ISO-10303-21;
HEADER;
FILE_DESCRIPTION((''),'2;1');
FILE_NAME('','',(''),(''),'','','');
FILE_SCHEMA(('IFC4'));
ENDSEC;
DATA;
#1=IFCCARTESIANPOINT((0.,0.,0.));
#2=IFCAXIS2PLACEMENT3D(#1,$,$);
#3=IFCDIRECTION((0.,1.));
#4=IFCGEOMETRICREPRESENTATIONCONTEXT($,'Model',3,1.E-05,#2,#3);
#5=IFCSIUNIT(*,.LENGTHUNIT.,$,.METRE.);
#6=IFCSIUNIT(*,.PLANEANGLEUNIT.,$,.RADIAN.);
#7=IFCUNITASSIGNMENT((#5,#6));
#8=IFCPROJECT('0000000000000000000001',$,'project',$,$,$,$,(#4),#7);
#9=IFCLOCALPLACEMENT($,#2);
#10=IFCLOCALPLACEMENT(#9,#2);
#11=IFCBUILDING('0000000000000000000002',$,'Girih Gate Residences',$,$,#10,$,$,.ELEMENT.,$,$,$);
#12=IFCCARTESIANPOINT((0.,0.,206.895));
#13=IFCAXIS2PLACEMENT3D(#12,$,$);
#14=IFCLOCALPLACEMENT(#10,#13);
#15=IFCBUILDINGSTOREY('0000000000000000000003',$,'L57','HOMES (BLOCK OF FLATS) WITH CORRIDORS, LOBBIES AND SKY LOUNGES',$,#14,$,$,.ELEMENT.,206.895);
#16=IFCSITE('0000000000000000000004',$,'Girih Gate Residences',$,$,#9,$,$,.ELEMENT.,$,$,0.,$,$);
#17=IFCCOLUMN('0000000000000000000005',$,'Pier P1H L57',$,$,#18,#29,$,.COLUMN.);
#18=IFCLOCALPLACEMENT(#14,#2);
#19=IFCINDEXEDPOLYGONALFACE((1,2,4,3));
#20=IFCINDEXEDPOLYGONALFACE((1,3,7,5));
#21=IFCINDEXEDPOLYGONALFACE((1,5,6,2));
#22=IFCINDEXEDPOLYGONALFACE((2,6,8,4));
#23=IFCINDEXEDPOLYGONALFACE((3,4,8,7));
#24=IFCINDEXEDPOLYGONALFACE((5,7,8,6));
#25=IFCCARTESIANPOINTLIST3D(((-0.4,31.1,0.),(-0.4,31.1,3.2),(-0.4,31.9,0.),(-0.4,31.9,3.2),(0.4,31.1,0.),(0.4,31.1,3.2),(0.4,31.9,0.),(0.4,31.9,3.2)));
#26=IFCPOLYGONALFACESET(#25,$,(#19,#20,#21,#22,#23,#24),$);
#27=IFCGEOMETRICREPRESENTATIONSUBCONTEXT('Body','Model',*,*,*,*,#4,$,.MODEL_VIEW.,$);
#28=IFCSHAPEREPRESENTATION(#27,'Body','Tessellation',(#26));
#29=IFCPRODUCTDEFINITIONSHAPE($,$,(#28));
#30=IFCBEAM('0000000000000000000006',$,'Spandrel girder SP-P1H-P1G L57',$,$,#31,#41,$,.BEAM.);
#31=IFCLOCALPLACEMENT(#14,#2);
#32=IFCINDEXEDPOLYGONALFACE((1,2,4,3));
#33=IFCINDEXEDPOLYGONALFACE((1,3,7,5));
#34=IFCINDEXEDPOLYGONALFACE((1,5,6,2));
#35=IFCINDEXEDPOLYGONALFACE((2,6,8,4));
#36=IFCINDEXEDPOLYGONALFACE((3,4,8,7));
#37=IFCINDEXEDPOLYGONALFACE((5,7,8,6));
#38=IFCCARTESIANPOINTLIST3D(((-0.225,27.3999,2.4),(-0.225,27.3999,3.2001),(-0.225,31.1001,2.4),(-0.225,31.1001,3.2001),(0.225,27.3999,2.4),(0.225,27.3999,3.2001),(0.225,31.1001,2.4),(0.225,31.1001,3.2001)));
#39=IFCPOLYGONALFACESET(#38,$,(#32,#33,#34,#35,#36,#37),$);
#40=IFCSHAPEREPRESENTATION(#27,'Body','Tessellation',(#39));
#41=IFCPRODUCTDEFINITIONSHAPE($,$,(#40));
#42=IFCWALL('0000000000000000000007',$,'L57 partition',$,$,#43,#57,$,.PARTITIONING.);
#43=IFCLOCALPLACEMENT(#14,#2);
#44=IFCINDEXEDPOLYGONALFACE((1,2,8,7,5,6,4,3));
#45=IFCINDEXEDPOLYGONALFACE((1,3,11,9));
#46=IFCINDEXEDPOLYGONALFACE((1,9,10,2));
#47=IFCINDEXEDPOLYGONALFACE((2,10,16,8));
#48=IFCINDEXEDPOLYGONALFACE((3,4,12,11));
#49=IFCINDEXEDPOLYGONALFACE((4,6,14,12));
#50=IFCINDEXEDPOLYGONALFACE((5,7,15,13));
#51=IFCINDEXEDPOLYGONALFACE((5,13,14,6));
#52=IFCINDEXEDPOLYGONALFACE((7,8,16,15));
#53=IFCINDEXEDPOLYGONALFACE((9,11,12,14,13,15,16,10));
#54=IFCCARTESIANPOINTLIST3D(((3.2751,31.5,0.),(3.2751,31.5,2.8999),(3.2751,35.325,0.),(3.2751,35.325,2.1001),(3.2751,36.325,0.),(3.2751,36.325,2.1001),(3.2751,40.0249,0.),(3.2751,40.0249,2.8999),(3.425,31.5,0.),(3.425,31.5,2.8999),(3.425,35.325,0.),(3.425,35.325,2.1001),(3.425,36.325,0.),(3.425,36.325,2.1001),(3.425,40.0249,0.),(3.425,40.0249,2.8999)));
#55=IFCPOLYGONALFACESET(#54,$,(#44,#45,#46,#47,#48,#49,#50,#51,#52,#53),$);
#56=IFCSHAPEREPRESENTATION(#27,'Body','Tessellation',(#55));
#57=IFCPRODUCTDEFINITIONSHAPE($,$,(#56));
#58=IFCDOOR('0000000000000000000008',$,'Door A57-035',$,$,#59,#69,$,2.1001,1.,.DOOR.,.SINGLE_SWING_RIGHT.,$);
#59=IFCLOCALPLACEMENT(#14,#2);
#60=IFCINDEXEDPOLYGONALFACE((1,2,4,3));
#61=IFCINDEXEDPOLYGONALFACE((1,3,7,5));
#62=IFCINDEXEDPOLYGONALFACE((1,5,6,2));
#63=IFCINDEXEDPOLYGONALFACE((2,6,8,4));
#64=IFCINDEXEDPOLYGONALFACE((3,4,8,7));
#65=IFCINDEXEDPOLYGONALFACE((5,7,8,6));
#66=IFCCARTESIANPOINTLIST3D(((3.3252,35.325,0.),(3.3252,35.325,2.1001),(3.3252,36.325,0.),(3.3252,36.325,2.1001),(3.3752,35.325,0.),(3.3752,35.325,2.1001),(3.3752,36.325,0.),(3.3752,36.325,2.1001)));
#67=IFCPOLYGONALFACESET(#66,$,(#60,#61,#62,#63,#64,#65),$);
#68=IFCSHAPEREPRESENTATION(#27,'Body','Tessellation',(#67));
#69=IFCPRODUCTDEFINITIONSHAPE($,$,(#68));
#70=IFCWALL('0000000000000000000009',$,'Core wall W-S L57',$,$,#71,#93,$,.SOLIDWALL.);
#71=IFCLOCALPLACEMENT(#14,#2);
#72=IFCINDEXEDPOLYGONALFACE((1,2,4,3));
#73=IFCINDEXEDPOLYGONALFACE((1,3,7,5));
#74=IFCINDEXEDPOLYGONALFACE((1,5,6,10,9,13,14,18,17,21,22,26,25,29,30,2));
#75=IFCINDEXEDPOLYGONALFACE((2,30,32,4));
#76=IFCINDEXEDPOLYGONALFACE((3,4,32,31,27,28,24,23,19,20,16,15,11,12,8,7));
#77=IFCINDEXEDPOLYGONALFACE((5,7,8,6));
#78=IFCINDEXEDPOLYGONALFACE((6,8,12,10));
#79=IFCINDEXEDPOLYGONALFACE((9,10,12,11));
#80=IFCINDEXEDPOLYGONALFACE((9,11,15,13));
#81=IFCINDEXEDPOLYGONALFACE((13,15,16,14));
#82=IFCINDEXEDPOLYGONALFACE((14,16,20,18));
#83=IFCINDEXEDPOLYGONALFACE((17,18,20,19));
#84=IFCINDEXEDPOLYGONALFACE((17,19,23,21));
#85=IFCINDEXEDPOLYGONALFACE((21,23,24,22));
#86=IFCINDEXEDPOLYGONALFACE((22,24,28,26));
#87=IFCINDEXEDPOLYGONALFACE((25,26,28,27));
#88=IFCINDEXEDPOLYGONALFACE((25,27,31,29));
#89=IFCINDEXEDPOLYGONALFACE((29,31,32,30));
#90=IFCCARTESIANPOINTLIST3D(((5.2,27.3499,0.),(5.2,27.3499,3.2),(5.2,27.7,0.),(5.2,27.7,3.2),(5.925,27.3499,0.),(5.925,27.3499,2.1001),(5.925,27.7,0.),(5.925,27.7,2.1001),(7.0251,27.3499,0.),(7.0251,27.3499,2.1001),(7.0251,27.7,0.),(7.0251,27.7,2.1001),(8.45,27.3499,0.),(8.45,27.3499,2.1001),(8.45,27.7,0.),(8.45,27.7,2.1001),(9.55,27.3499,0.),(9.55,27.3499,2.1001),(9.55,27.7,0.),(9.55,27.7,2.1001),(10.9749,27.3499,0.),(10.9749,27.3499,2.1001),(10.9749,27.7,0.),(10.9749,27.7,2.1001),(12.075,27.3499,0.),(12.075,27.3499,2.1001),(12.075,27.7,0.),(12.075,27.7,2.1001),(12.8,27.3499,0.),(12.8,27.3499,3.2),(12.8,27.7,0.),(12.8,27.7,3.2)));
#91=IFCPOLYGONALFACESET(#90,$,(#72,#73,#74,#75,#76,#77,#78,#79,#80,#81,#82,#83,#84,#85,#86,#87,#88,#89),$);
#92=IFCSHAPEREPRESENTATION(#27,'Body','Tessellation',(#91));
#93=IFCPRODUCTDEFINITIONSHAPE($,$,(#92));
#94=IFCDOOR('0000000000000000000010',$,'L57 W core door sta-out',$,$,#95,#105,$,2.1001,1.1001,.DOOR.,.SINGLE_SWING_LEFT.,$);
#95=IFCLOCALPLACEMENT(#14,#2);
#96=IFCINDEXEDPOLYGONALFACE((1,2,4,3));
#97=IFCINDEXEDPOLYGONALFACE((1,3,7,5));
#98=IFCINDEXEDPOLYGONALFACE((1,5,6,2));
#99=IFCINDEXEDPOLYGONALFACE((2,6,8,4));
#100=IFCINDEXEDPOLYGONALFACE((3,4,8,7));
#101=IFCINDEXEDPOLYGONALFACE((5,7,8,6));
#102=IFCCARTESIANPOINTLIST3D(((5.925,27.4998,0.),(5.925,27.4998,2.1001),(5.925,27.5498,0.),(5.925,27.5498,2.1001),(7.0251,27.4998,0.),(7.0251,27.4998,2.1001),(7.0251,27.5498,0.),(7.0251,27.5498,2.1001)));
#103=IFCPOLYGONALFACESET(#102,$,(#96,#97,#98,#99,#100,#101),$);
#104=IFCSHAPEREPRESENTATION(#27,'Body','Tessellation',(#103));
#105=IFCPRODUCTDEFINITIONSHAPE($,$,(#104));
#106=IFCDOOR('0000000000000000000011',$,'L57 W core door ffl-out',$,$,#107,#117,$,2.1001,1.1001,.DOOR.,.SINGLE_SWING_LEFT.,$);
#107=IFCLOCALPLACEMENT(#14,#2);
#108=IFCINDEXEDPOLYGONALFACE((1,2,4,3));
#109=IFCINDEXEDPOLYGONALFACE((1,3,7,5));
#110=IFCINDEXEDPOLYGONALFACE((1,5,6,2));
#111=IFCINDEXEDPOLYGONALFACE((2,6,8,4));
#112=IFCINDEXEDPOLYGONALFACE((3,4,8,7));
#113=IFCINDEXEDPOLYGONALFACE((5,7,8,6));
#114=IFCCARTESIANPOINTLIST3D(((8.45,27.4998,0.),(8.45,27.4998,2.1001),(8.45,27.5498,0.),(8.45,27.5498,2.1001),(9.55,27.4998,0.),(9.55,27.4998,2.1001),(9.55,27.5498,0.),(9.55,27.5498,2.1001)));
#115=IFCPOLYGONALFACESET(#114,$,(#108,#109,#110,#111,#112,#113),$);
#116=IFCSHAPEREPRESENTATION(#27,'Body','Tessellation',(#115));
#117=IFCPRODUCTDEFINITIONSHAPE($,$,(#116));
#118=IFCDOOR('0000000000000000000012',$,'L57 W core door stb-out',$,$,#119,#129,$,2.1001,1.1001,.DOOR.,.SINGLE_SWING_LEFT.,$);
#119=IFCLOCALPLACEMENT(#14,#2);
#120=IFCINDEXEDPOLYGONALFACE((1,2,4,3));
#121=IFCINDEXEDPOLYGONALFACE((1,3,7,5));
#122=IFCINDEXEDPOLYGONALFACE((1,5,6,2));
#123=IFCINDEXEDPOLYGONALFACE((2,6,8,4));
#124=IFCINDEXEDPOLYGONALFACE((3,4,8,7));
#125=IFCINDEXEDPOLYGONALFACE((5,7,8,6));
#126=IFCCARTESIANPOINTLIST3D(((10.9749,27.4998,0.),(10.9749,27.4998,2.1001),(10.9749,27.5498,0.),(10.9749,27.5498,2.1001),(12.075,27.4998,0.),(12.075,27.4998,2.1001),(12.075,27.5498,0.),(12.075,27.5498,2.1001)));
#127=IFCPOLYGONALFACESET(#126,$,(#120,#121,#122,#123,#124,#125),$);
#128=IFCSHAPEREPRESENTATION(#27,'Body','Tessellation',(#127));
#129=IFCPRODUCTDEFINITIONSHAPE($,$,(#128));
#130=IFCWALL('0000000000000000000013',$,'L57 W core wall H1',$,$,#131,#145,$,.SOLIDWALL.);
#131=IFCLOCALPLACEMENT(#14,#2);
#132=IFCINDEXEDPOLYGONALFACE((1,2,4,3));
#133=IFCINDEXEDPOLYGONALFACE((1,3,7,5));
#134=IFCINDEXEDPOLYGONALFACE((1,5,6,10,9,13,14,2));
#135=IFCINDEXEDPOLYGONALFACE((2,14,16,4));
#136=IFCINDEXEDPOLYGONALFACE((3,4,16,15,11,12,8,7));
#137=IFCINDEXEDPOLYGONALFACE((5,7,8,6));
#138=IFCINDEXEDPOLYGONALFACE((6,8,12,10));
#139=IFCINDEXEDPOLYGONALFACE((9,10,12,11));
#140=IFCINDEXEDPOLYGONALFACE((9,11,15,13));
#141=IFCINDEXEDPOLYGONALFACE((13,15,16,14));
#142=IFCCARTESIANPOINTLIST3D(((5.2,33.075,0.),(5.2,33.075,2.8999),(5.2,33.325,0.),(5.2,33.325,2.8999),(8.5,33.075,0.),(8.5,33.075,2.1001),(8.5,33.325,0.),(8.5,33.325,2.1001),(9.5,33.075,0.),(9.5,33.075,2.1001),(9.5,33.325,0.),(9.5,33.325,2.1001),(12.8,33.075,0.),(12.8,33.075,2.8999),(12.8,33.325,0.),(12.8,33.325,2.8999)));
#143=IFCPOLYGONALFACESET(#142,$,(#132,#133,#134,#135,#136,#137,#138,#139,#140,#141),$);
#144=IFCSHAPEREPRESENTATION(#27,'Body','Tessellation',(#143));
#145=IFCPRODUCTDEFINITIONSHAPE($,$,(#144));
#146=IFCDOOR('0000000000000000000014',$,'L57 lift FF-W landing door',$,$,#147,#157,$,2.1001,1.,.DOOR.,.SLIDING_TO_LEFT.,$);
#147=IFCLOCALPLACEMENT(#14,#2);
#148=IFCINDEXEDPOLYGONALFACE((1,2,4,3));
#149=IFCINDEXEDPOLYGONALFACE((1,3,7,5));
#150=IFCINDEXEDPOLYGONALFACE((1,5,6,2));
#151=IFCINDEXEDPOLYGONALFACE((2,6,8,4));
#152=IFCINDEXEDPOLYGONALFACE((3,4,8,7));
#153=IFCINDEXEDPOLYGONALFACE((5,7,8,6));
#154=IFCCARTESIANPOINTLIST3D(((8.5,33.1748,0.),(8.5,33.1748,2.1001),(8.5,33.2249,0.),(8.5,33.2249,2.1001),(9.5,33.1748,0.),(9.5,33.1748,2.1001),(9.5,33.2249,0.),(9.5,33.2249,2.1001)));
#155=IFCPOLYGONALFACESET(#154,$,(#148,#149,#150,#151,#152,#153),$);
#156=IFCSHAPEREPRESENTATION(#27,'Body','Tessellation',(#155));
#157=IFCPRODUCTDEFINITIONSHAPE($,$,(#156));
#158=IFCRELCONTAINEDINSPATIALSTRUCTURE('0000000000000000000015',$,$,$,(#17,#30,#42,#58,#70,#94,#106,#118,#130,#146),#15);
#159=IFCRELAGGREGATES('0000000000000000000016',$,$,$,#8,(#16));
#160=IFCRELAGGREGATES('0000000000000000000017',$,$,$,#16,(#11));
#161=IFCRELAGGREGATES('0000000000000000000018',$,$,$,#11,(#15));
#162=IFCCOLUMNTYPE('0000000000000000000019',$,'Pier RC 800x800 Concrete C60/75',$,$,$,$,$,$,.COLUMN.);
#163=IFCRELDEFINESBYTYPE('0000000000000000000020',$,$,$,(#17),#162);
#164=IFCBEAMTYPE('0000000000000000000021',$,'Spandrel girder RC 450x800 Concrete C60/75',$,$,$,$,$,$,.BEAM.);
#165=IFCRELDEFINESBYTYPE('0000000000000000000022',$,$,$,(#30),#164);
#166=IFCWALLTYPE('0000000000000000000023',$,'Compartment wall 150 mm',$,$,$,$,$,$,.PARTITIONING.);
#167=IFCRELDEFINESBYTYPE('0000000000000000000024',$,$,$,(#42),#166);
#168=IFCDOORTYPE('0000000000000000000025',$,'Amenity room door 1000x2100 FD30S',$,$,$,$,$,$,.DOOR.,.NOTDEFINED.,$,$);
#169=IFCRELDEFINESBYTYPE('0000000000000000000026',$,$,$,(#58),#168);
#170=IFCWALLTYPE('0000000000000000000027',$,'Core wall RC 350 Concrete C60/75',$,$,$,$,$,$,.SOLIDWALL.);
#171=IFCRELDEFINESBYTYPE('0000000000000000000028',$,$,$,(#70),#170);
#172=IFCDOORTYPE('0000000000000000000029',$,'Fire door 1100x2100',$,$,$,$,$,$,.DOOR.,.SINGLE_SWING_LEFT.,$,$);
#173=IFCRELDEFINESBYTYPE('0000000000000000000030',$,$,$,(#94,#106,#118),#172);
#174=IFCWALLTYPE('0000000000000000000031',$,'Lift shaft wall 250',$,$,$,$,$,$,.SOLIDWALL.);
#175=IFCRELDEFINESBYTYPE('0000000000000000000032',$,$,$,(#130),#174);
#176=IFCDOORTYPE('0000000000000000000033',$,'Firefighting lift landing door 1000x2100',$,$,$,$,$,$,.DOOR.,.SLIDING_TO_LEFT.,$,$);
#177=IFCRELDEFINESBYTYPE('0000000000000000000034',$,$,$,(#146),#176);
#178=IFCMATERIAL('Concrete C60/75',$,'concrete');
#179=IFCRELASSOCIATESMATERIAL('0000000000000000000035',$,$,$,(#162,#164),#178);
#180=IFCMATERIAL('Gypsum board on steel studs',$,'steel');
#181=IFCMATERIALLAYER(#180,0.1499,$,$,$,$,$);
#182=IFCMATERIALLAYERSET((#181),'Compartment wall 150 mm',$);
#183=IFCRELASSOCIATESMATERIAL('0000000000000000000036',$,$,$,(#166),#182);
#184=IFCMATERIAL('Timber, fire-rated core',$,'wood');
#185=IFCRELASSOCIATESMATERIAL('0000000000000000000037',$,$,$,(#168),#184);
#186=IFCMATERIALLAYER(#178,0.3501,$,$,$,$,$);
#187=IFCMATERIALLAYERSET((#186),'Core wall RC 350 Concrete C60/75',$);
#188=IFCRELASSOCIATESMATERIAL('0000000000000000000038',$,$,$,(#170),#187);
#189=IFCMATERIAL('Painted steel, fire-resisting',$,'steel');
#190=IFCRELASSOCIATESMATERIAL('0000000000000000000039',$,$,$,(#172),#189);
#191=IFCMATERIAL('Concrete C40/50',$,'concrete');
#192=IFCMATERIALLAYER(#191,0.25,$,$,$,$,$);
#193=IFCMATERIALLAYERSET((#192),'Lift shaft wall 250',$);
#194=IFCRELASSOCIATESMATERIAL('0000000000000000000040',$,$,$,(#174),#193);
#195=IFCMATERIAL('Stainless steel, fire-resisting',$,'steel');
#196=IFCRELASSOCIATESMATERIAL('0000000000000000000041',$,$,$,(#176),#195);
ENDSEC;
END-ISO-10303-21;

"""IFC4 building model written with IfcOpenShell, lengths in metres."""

from ifc_helpers import new_model, si_unit, direction, frame, frame_2d, origin, origin_2d, place, context, subcontext, project, spatial, rectangle, extrude, material, layer, layer_set, material_profile, profile_set, type_object, element, fill, save


model = new_model("IFC4")

# Units and contexts
model_context = context("Model", 3, precision=1e-05, world=origin(), true_north=direction((0.0, 1.0)))
body_context = subcontext(model_context, "Body", "Model", "MODEL_VIEW")
ifc_project = project(units=[si_unit("LENGTHUNIT", "METRE"), si_unit("PLANEANGLEUNIT", "RADIAN")], contexts=[model_context])

# Site, building, storey
site_placement = place(None, origin())
site = spatial("IfcSite", under=ifc_project, at=site_placement, Name="Girih Gate Residences", CompositionType="ELEMENT", RefElevation=0.0)
building_placement = place(site_placement, origin())
building = spatial("IfcBuilding", under=site, at=building_placement, Name="Girih Gate Residences", CompositionType="ELEMENT")
storey_placement = place(building_placement, frame((0.0, 0.0, 206.895)))
storey = spatial("IfcBuildingStorey", under=building, at=storey_placement, Name="L57", Description="HOMES (BLOCK OF FLATS) WITH CORRIDORS, LOBBIES AND SKY LOUNGES", CompositionType="ELEMENT", Elevation=206.895)

# Column
ifc_material_1 = material(Name="Concrete C60/75", Category="concrete")
ifc_material_profile_1 = material_profile(ifc_material_1, rectangle(XDim=0.8, YDim=0.8, at=origin_2d()))
ifc_profile_set_1 = profile_set([ifc_material_profile_1], Name="Concrete C60/75")
column_type = type_object("IfcColumnType", Name="Pier RC 800x800 Concrete C60/75", PredefinedType="COLUMN", material=ifc_profile_set_1)
column_placement = place(storey_placement, frame((0.0, 31.5, 0.0), z_axis=(0.0, 0.0, 1.0), x_axis=(1.0, 0.0, 0.0)))
element("IfcColumn", 1, at=column_placement, inside=storey, type_object=column_type, Name="Pier P1H L57", PredefinedType="COLUMN", context=body_context, shape_type="SweptSolid", body=[
    extrude(rectangle(XDim=0.8, YDim=0.8, at=origin_2d()), origin(), (0.0, 0.0, 1.0), 3.2),
])

# Beam
ifc_material_profile_2 = material_profile(ifc_material_1, rectangle(XDim=0.45, YDim=0.8, at=origin_2d()))
ifc_profile_set_2 = profile_set([ifc_material_profile_2], Name="Concrete C60/75")
beam_type = type_object("IfcBeamType", Name="Spandrel girder RC 450x800 Concrete C60/75", PredefinedType="BEAM", material=ifc_profile_set_2)
beam_placement = place(storey_placement, frame((0.0, 31.1001, 2.8), z_axis=(0.0, -1.0, 0.0), x_axis=(1.0, 0.0, 0.0)))
element("IfcBeam", 2, at=beam_placement, inside=storey, type_object=beam_type, Name="Spandrel girder SP-P1H-P1G L57", PredefinedType="BEAM", context=body_context, shape_type="SweptSolid", body=[
    extrude(rectangle(XDim=0.45, YDim=0.8, at=origin_2d()), origin(), (0.0, 0.0, 1.0), 3.7002),
])

# Wall, opening, door
ifc_material_2 = material(Name="Gypsum board on steel studs", Category="steel")
ifc_layer_1 = layer(ifc_material_2, 0.1499)
ifc_layer_set_1 = layer_set([ifc_layer_1], Name="Compartment wall 150 mm")
wall_type_1 = type_object("IfcWallType", Name="Compartment wall 150 mm", PredefinedType="PARTITIONING", material=ifc_layer_set_1)
wall_1_placement = place(storey_placement, frame((3.3501, 31.5, 0.0), z_axis=(0.0, 0.0, 1.0), x_axis=(0.0, 1.0, 0.0)))
wall_1 = element("IfcWall", 3, at=wall_1_placement, inside=storey, type_object=wall_type_1, Name="L57 partition", PredefinedType="PARTITIONING", context=body_context, shape_type="SweptSolid", body=[
    extrude(rectangle(XDim=8.5249, YDim=0.1499, at=frame_2d((4.2625, 0.0))), origin(), (0.0, 0.0, 1.0), 2.8999),
])
opening_1_placement = place(wall_1_placement, frame((3.825, 0.0, 0.0)))
opening_1 = element("IfcOpeningElement", 4, at=opening_1_placement, cuts=wall_1, PredefinedType="OPENING", context=body_context, shape_type="SweptSolid", body=[
    extrude(rectangle(XDim=1.0, YDim=2.1001, at=frame_2d((0.5, 1.05))), frame((0.0, 0.085, 0.0), z_axis=(0.0, -1.0, 0.0), x_axis=(1.0, 0.0, 0.0)), (0.0, 0.0, 1.0), 0.1699),
])
ifc_material_3 = material(Name="Timber, fire-rated core", Category="wood")
door_type_1 = type_object("IfcDoorType", Name="Amenity room door 1000x2100 FD30S", OperationType="NOTDEFINED", PredefinedType="DOOR", material=ifc_material_3)
door_1_placement = place(opening_1_placement, origin())
door_1 = element("IfcDoor", 5, at=door_1_placement, inside=storey, type_object=door_type_1, Name="Door A57-035", OperationType="SINGLE_SWING_RIGHT", OverallHeight=2.1001, OverallWidth=1.0, PredefinedType="DOOR", context=body_context, shape_type="SweptSolid", body=[
    extrude(rectangle(XDim=1.0, YDim=2.1001, at=frame_2d((0.5, 1.05))), frame((0.0, 0.0249, 0.0), z_axis=(0.0, -1.0, 0.0), x_axis=(1.0, 0.0, 0.0)), (0.0, 0.0, 1.0), 0.05),
])
fill(opening_1, door_1)

# Wall, openings, doors
ifc_layer_2 = layer(ifc_material_1, 0.3501)
ifc_layer_set_2 = layer_set([ifc_layer_2], Name="Core wall RC 350 Concrete C60/75")
wall_type_2 = type_object("IfcWallType", Name="Core wall RC 350 Concrete C60/75", PredefinedType="SOLIDWALL", material=ifc_layer_set_2)
wall_2_placement = place(storey_placement, frame((5.2, 27.5249, 0.0), z_axis=(0.0, 0.0, 1.0), x_axis=(1.0, 0.0, 0.0)))
wall_2 = element("IfcWall", 6, at=wall_2_placement, inside=storey, type_object=wall_type_2, Name="Core wall W-S L57", PredefinedType="SOLIDWALL", context=body_context, shape_type="SweptSolid", body=[
    extrude(rectangle(XDim=7.6001, YDim=0.3501, at=frame_2d((3.8, 0.0))), origin(), (0.0, 0.0, 1.0), 3.2),
])
opening_2_placement = place(wall_2_placement, frame((0.7251, 0.0, 0.0)))
opening_2 = element("IfcOpeningElement", 7, at=opening_2_placement, cuts=wall_2, PredefinedType="OPENING", context=body_context, shape_type="SweptSolid", body=[
    extrude(rectangle(XDim=1.1001, YDim=2.1001, at=frame_2d((0.55, 1.05))), frame((0.0, 0.1851, 0.0), z_axis=(0.0, -1.0, 0.0), x_axis=(1.0, 0.0, 0.0)), (0.0, 0.0, 1.0), 0.3701),
])
opening_3_placement = place(wall_2_placement, frame((3.25, 0.0, 0.0)))
opening_3 = element("IfcOpeningElement", 8, at=opening_3_placement, cuts=wall_2, PredefinedType="OPENING", context=body_context, shape_type="SweptSolid", body=[
    extrude(rectangle(XDim=1.1001, YDim=2.1001, at=frame_2d((0.55, 1.05))), frame((0.0, 0.1851, 0.0), z_axis=(0.0, -1.0, 0.0), x_axis=(1.0, 0.0, 0.0)), (0.0, 0.0, 1.0), 0.3701),
])
opening_4_placement = place(wall_2_placement, frame((5.7749, 0.0, 0.0)))
opening_4 = element("IfcOpeningElement", 9, at=opening_4_placement, cuts=wall_2, PredefinedType="OPENING", context=body_context, shape_type="SweptSolid", body=[
    extrude(rectangle(XDim=1.1001, YDim=2.1001, at=frame_2d((0.55, 1.05))), frame((0.0, 0.1851, 0.0), z_axis=(0.0, -1.0, 0.0), x_axis=(1.0, 0.0, 0.0)), (0.0, 0.0, 1.0), 0.3701),
])
ifc_material_4 = material(Name="Painted steel, fire-resisting", Category="steel")
door_type_2 = type_object("IfcDoorType", Name="Fire door 1100x2100", OperationType="SINGLE_SWING_LEFT", PredefinedType="DOOR", material=ifc_material_4)
door_2_placement = place(opening_2_placement, origin())
door_2 = element("IfcDoor", 10, at=door_2_placement, inside=storey, type_object=door_type_2, Name="L57 W core door sta-out", OperationType="SINGLE_SWING_LEFT", OverallHeight=2.1001, OverallWidth=1.1001, PredefinedType="DOOR", context=body_context, shape_type="SweptSolid", body=[
    extrude(rectangle(XDim=1.1001, YDim=2.1001, at=frame_2d((0.55, 1.05))), frame((0.0, 0.0249, 0.0), z_axis=(0.0, -1.0, 0.0), x_axis=(1.0, 0.0, 0.0)), (0.0, 0.0, 1.0), 0.05),
])
fill(opening_2, door_2)
door_3_placement = place(opening_3_placement, origin())
door_3 = element("IfcDoor", 11, at=door_3_placement, inside=storey, type_object=door_type_2, Name="L57 W core door ffl-out", OperationType="SINGLE_SWING_LEFT", OverallHeight=2.1001, OverallWidth=1.1001, PredefinedType="DOOR", context=body_context, shape_type="SweptSolid", body=[
    extrude(rectangle(XDim=1.1001, YDim=2.1001, at=frame_2d((0.55, 1.05))), frame((0.0, 0.0249, 0.0), z_axis=(0.0, -1.0, 0.0), x_axis=(1.0, 0.0, 0.0)), (0.0, 0.0, 1.0), 0.05),
])
fill(opening_3, door_3)
door_4_placement = place(opening_4_placement, origin())
door_4 = element("IfcDoor", 12, at=door_4_placement, inside=storey, type_object=door_type_2, Name="L57 W core door stb-out", OperationType="SINGLE_SWING_LEFT", OverallHeight=2.1001, OverallWidth=1.1001, PredefinedType="DOOR", context=body_context, shape_type="SweptSolid", body=[
    extrude(rectangle(XDim=1.1001, YDim=2.1001, at=frame_2d((0.55, 1.05))), frame((0.0, 0.0249, 0.0), z_axis=(0.0, -1.0, 0.0), x_axis=(1.0, 0.0, 0.0)), (0.0, 0.0, 1.0), 0.05),
])
fill(opening_4, door_4)

# Wall, opening, door
ifc_material_5 = material(Name="Concrete C40/50", Category="concrete")
ifc_layer_3 = layer(ifc_material_5, 0.25)
ifc_layer_set_3 = layer_set([ifc_layer_3], Name="Lift shaft wall 250")
wall_type_3 = type_object("IfcWallType", Name="Lift shaft wall 250", PredefinedType="SOLIDWALL", material=ifc_layer_set_3)
wall_3_placement = place(storey_placement, frame((5.2, 33.2, 0.0), z_axis=(0.0, 0.0, 1.0), x_axis=(1.0, 0.0, 0.0)))
wall_3 = element("IfcWall", 13, at=wall_3_placement, inside=storey, type_object=wall_type_3, Name="L57 W core wall H1", PredefinedType="SOLIDWALL", context=body_context, shape_type="SweptSolid", body=[
    extrude(rectangle(XDim=7.6001, YDim=0.25, at=frame_2d((3.8, 0.0))), origin(), (0.0, 0.0, 1.0), 2.8999),
])
opening_5_placement = place(wall_3_placement, frame((3.3, 0.0, 0.0)))
opening_5 = element("IfcOpeningElement", 14, at=opening_5_placement, cuts=wall_3, PredefinedType="OPENING", context=body_context, shape_type="SweptSolid", body=[
    extrude(rectangle(XDim=1.0, YDim=2.1001, at=frame_2d((0.5, 1.05))), frame((0.0, 0.135, 0.0), z_axis=(0.0, -1.0, 0.0), x_axis=(1.0, 0.0, 0.0)), (0.0, 0.0, 1.0), 0.27),
])
ifc_material_6 = material(Name="Stainless steel, fire-resisting", Category="steel")
door_type_3 = type_object("IfcDoorType", Name="Firefighting lift landing door 1000x2100", OperationType="SLIDING_TO_LEFT", PredefinedType="DOOR", material=ifc_material_6)
door_5_placement = place(opening_5_placement, origin())
door_5 = element("IfcDoor", 15, at=door_5_placement, inside=storey, type_object=door_type_3, Name="L57 lift FF-W landing door", OperationType="SLIDING_TO_LEFT", OverallHeight=2.1001, OverallWidth=1.0, PredefinedType="DOOR", context=body_context, shape_type="SweptSolid", body=[
    extrude(rectangle(XDim=1.0, YDim=2.1001, at=frame_2d((0.5, 1.05))), frame((0.0, 0.0249, 0.0), z_axis=(0.0, -1.0, 0.0), x_axis=(1.0, 0.0, 0.0)), (0.0, 0.0, 1.0), 0.05),
])
fill(opening_5, door_5)

save(model, "model.ifc")
